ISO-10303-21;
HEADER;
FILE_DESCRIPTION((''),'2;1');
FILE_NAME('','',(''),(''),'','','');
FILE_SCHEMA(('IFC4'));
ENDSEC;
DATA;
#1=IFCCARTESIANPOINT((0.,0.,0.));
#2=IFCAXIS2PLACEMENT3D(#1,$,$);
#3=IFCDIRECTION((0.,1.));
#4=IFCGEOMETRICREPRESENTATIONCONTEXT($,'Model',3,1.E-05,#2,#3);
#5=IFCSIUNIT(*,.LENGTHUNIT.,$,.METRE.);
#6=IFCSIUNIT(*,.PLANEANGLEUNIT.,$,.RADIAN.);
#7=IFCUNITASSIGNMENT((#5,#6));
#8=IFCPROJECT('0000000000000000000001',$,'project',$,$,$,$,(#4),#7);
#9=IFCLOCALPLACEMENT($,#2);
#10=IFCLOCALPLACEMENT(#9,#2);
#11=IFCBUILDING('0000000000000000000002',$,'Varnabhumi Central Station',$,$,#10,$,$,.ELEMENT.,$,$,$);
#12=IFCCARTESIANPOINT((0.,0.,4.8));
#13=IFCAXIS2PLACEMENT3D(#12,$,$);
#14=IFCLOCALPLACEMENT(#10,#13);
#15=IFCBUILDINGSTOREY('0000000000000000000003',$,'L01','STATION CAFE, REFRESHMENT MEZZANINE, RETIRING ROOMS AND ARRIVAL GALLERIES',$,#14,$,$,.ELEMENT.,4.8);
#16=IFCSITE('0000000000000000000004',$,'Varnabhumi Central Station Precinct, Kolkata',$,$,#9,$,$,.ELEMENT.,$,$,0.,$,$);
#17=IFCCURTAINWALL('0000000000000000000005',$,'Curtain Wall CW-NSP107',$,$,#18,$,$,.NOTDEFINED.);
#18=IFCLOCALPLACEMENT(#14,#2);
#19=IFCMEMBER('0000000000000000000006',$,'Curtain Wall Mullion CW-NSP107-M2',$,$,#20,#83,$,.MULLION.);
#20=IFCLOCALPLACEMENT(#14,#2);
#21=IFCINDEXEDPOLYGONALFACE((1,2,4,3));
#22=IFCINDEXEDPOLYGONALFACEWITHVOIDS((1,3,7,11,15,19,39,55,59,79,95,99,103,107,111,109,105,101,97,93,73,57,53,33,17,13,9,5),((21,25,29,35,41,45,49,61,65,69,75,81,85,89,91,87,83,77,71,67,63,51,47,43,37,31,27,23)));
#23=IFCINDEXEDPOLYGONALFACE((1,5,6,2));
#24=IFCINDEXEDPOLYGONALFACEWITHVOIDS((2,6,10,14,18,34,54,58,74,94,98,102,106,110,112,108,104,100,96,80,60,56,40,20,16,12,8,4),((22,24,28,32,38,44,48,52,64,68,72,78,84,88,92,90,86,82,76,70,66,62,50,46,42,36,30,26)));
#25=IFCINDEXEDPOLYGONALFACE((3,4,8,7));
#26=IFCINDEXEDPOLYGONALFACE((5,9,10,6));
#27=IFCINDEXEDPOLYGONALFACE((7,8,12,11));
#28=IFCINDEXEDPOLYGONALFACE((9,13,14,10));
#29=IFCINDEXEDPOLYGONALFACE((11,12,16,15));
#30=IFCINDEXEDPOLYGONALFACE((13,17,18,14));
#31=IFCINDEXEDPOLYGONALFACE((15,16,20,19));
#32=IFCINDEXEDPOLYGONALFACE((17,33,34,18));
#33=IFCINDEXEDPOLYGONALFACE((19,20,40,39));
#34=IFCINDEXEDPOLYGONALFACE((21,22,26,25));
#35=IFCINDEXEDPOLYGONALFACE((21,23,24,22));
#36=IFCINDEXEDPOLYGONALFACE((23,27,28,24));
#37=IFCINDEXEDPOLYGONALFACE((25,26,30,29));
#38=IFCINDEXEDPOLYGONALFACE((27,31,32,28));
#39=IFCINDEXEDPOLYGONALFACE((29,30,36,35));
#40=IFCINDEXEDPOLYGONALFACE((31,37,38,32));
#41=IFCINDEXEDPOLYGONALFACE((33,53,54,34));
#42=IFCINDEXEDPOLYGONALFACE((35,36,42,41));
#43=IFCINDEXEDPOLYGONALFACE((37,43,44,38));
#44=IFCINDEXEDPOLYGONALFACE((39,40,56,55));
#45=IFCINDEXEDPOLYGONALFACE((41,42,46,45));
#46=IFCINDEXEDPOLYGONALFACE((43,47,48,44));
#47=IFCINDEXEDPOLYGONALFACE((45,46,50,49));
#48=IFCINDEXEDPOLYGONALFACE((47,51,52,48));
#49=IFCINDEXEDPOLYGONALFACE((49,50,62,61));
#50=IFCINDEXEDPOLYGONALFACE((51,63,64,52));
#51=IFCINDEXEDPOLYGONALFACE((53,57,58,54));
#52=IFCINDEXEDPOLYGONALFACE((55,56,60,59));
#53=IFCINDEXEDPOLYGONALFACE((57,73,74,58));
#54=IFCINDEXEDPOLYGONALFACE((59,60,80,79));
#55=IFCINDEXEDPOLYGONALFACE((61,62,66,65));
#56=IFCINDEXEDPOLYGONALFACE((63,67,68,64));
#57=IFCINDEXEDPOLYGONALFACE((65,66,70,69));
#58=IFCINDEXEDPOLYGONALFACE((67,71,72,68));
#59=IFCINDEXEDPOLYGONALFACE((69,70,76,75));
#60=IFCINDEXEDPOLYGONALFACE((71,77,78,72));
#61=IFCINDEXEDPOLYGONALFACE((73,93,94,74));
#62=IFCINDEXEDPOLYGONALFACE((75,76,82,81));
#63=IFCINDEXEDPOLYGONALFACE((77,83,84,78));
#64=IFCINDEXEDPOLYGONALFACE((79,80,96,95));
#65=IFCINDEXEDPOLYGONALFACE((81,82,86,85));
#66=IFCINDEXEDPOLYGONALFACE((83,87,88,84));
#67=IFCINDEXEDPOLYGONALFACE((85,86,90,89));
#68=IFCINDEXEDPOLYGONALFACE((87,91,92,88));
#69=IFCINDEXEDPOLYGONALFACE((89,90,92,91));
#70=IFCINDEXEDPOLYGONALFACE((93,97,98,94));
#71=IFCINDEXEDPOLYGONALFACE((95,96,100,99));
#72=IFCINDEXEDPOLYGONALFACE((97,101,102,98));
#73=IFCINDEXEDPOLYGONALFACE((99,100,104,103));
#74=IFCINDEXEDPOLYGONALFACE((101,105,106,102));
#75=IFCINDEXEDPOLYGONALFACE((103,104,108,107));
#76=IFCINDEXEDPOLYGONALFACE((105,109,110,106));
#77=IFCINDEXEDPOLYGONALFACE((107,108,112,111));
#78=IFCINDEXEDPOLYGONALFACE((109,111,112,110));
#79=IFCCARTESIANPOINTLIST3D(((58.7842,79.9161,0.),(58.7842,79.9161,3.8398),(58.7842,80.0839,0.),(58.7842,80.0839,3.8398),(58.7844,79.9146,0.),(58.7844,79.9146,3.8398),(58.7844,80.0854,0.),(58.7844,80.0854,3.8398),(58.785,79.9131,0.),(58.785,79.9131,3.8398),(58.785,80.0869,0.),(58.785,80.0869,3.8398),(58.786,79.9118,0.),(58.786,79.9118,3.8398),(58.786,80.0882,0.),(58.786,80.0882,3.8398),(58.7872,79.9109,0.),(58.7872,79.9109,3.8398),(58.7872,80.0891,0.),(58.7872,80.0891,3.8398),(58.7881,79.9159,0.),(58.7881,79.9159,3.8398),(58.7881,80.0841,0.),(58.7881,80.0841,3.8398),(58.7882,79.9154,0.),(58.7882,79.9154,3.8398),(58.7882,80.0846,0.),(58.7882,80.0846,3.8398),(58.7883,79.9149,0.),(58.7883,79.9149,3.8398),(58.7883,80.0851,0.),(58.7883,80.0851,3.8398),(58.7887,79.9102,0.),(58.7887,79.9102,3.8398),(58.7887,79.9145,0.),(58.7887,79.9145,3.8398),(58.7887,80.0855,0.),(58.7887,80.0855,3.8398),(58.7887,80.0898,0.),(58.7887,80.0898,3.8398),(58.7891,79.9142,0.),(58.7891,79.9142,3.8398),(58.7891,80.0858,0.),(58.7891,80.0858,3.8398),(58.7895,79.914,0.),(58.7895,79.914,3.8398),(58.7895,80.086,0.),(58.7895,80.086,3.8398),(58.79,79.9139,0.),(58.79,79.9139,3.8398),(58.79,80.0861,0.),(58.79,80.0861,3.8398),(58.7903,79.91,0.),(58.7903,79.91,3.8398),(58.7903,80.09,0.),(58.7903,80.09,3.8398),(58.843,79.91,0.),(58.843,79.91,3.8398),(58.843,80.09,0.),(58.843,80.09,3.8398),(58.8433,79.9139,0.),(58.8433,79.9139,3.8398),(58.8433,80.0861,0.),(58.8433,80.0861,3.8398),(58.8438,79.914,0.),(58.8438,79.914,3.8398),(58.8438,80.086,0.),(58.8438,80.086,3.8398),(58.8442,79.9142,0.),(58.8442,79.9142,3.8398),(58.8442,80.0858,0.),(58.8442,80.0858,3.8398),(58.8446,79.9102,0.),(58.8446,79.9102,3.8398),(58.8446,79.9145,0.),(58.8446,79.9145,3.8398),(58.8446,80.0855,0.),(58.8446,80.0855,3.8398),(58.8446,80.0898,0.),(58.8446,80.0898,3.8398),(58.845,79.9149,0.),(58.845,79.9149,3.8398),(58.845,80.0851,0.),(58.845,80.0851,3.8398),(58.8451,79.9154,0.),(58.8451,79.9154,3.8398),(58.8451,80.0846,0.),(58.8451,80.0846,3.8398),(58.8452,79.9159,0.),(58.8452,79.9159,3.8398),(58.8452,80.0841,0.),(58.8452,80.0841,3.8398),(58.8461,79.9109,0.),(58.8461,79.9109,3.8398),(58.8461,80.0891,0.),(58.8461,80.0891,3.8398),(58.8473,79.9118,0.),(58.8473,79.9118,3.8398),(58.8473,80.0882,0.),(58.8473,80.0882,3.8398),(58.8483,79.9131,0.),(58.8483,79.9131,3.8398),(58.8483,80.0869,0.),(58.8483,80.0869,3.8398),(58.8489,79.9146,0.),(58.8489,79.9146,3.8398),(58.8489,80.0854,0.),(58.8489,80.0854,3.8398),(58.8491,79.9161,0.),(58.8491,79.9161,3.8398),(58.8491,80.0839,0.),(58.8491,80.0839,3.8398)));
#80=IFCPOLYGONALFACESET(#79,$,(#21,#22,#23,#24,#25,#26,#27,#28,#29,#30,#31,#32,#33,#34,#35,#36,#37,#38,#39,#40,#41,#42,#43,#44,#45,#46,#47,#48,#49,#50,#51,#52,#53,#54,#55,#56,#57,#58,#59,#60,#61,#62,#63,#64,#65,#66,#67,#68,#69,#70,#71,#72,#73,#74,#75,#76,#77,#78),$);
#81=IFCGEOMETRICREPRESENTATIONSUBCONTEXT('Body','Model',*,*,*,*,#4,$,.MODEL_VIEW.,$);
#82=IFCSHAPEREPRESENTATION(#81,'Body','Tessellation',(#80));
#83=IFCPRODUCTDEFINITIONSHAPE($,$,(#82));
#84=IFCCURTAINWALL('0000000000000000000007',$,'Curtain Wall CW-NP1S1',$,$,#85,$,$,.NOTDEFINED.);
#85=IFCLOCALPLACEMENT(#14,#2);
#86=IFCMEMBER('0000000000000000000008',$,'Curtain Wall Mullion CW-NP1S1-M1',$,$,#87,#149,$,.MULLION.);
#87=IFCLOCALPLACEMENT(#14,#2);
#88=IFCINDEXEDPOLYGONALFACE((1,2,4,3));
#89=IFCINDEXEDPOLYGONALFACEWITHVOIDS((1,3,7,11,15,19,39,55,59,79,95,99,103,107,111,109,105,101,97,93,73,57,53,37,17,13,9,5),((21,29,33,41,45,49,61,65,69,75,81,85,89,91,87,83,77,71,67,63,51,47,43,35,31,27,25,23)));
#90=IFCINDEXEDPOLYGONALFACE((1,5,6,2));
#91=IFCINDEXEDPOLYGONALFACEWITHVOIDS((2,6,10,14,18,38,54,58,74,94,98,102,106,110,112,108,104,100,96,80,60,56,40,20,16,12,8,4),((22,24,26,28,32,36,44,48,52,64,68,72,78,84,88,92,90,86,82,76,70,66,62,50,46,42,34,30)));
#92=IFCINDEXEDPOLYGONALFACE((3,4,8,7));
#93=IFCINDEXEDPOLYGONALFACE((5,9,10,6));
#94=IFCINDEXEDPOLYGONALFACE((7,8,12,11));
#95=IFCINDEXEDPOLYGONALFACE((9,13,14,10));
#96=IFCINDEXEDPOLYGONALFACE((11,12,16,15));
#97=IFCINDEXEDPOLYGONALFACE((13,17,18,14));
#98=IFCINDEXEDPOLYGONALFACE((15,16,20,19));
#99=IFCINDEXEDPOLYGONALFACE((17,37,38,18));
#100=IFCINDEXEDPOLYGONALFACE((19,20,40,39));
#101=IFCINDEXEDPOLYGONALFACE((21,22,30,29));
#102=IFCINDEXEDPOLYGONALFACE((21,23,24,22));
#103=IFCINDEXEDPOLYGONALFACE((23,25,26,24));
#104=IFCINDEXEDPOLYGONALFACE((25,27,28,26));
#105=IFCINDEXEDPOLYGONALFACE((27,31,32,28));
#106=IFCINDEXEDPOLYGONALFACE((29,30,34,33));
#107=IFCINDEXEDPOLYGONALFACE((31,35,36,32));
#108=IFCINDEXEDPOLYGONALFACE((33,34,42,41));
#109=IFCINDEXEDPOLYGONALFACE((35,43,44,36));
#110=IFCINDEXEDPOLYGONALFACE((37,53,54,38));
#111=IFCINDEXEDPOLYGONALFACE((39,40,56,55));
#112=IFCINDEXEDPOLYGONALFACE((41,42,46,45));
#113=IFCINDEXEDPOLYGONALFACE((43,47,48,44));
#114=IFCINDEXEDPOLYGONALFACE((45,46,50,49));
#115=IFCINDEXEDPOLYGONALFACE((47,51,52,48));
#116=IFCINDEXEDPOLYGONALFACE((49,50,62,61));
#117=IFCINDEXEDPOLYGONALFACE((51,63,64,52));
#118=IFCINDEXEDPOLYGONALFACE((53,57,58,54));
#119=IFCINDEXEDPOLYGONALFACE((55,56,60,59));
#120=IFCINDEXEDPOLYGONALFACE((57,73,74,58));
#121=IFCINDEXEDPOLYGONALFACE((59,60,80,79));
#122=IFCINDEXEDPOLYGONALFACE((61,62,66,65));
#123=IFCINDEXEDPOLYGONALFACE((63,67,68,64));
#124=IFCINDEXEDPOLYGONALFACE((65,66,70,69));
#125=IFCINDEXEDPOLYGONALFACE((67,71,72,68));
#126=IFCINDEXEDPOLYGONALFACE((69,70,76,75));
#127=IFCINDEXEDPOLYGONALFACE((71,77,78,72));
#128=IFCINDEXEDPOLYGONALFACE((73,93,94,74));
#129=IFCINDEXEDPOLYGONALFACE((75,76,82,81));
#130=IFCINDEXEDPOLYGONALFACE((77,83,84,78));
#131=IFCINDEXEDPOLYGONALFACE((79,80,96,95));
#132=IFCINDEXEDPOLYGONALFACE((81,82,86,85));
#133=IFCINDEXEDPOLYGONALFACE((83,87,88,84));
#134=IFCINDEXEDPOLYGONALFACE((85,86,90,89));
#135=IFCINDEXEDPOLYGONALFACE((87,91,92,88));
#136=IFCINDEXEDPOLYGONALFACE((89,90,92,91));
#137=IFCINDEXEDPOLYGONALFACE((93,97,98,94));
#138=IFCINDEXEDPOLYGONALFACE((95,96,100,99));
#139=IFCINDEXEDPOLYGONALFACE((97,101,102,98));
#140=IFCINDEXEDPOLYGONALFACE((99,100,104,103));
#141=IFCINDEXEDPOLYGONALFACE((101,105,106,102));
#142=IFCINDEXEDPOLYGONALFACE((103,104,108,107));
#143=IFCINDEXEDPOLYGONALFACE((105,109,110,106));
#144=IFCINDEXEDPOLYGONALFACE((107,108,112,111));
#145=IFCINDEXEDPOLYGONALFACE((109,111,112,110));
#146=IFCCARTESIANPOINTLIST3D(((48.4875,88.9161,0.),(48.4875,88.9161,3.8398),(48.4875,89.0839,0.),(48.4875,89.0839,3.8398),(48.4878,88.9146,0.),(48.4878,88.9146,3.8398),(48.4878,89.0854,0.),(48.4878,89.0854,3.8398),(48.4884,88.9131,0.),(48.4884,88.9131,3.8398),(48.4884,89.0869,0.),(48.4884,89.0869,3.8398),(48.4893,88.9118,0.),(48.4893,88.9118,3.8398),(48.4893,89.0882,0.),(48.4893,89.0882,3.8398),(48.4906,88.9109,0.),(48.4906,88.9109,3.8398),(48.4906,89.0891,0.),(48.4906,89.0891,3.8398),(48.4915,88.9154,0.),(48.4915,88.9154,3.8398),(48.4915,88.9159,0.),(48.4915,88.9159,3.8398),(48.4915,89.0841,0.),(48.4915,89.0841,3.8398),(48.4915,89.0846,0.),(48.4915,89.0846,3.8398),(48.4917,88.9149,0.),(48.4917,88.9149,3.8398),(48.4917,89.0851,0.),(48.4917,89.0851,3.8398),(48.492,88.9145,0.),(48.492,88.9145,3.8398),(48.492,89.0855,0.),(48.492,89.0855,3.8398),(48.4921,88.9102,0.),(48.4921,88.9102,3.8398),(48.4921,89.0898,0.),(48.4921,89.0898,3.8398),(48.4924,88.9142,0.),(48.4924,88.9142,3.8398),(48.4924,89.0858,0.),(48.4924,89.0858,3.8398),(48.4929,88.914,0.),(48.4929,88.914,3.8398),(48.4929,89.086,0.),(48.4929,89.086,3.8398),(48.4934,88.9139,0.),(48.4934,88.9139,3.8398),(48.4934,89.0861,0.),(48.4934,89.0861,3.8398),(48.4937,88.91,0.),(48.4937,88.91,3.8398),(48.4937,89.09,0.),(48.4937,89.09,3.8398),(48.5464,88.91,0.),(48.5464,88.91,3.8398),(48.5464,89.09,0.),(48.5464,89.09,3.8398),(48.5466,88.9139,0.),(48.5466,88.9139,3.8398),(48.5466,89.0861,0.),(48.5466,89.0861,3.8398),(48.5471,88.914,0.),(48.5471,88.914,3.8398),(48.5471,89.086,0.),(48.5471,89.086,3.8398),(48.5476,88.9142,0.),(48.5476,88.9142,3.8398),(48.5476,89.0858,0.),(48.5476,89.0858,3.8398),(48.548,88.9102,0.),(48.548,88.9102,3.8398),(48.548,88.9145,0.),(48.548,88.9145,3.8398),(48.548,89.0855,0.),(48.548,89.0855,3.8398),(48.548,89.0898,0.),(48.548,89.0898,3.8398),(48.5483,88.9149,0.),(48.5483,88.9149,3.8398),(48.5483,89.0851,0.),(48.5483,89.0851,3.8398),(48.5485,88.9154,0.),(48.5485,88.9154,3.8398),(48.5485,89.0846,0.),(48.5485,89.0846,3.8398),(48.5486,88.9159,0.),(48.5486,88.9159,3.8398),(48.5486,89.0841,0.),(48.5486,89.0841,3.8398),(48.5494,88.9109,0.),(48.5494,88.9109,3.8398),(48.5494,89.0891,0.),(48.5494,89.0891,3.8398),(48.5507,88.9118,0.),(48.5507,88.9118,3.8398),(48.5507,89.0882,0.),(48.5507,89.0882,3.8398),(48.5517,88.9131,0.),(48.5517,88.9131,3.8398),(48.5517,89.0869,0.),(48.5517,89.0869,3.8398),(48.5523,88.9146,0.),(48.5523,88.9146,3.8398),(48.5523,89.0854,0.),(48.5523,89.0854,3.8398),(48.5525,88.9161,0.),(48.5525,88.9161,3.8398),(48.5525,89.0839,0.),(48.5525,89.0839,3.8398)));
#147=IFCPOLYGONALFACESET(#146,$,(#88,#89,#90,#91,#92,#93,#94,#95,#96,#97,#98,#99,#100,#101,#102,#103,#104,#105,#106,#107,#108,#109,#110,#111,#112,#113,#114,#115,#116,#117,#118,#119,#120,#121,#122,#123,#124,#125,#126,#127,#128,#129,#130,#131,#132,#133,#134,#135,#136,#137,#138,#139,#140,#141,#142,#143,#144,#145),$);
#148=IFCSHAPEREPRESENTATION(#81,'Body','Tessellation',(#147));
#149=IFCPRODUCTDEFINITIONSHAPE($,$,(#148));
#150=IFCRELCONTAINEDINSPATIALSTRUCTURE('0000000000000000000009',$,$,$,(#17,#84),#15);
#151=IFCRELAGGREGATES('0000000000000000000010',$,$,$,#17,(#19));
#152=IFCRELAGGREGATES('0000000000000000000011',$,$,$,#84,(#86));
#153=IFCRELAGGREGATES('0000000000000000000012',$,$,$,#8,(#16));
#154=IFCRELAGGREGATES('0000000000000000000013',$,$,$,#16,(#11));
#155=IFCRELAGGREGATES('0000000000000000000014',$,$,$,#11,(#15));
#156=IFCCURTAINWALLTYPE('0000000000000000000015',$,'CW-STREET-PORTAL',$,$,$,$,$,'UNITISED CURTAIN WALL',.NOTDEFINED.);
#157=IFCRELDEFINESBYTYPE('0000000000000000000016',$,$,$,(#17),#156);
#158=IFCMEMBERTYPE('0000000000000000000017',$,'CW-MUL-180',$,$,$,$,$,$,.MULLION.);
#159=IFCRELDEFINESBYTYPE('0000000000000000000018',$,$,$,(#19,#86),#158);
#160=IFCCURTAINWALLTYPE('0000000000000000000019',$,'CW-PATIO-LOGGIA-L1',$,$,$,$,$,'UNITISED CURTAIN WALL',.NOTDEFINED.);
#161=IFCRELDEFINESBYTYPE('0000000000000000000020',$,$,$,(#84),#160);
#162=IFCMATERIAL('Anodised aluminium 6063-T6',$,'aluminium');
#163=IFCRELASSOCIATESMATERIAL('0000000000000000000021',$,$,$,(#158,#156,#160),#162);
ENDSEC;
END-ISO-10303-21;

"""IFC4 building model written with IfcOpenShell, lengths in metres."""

from ifc_helpers import new_model, si_unit, direction, frame, origin, origin_2d, place, context, subcontext, project, spatial, hollow_rectangle, extrude, material, material_profile, profile_set, type_object, element, aggregate, save


model = new_model("IFC4")

# Units and contexts
model_context = context("Model", 3, precision=1e-05, world=origin(), true_north=direction((0.0, 1.0)))
body_context = subcontext(model_context, "Body", "Model", "MODEL_VIEW")
ifc_project = project(units=[si_unit("LENGTHUNIT", "METRE"), si_unit("PLANEANGLEUNIT", "RADIAN")], contexts=[model_context])

# Site, building, storey
site_placement = place(None, origin())
site = spatial("IfcSite", under=ifc_project, at=site_placement, Name="Varnabhumi Central Station Precinct, Kolkata", CompositionType="ELEMENT", RefElevation=0.0)
building_placement = place(site_placement, origin())
building = spatial("IfcBuilding", under=site, at=building_placement, Name="Varnabhumi Central Station", CompositionType="ELEMENT")
storey_placement = place(building_placement, frame((0.0, 0.0, 4.8)))
storey = spatial("IfcBuildingStorey", under=building, at=storey_placement, Name="L01", Description="STATION CAFE, REFRESHMENT MEZZANINE, RETIRING ROOMS AND ARRIVAL GALLERIES", CompositionType="ELEMENT", Elevation=4.8)

# Curtain walls, members
ifc_material_1 = material(Name="Anodised aluminium 6063-T6", Category="aluminium")
ifc_material_profile_1 = material_profile(ifc_material_1, hollow_rectangle(XDim=0.0649, YDim=0.1799, WallThickness=0.0039, InnerFilletRadius=0.002, OuterFilletRadius=0.0061, at=origin_2d()), Name="Anodised aluminium 6063-T6", Category="aluminium")
ifc_profile_set_1 = profile_set([ifc_material_profile_1], Name="Anodised aluminium 6063-T6")
member_type_1 = type_object("IfcMemberType", Name="CW-MUL-180", PredefinedType="MULLION", material=ifc_profile_set_1)
curtain_wall_type_1 = type_object("IfcCurtainWallType", Name="CW-STREET-PORTAL", ElementType="UNITISED CURTAIN WALL", PredefinedType="NOTDEFINED", material=ifc_material_1)
curtain_wall_1_placement = place(storey_placement, origin())
curtain_wall_1 = element("IfcCurtainWall", 1, at=curtain_wall_1_placement, inside=storey, type_object=curtain_wall_type_1, Name="Curtain Wall CW-NSP107", PredefinedType="NOTDEFINED")
member_1_placement = place(storey_placement, frame((58.8167, 80.0, 0.0), z_axis=(0.0, 0.0, 1.0), x_axis=(1.0, 0.0, 0.0)))
member_1 = element("IfcMember", 2, at=member_1_placement, type_object=member_type_1, Name="Curtain Wall Mullion CW-NSP107-M2", PredefinedType="MULLION", context=body_context, shape_type="SweptSolid", body=[
    extrude(hollow_rectangle(XDim=0.0649, YDim=0.1799, WallThickness=0.0039, InnerFilletRadius=0.002, OuterFilletRadius=0.0061, at=origin_2d()), origin(), (0.0, 0.0, 1.0), 3.8398),
])
curtain_wall_type_2 = type_object("IfcCurtainWallType", Name="CW-PATIO-LOGGIA-L1", ElementType="UNITISED CURTAIN WALL", PredefinedType="NOTDEFINED", material=ifc_material_1)
curtain_wall_2_placement = place(storey_placement, origin())
curtain_wall_2 = element("IfcCurtainWall", 3, at=curtain_wall_2_placement, inside=storey, type_object=curtain_wall_type_2, Name="Curtain Wall CW-NP1S1", PredefinedType="NOTDEFINED")
member_2_placement = place(storey_placement, frame((48.52, 89.0, 0.0), z_axis=(0.0, 0.0, 1.0), x_axis=(1.0, 0.0, 0.0)))
member_2 = element("IfcMember", 4, at=member_2_placement, type_object=member_type_1, Name="Curtain Wall Mullion CW-NP1S1-M1", PredefinedType="MULLION", context=body_context, shape_type="SweptSolid", body=[
    extrude(hollow_rectangle(XDim=0.0649, YDim=0.1799, WallThickness=0.0039, InnerFilletRadius=0.002, OuterFilletRadius=0.0061, at=origin_2d()), origin(), (0.0, 0.0, 1.0), 3.8398),
])

aggregate(curtain_wall_1, [member_1])
aggregate(curtain_wall_2, [member_2])

save(model, "model.ifc")
